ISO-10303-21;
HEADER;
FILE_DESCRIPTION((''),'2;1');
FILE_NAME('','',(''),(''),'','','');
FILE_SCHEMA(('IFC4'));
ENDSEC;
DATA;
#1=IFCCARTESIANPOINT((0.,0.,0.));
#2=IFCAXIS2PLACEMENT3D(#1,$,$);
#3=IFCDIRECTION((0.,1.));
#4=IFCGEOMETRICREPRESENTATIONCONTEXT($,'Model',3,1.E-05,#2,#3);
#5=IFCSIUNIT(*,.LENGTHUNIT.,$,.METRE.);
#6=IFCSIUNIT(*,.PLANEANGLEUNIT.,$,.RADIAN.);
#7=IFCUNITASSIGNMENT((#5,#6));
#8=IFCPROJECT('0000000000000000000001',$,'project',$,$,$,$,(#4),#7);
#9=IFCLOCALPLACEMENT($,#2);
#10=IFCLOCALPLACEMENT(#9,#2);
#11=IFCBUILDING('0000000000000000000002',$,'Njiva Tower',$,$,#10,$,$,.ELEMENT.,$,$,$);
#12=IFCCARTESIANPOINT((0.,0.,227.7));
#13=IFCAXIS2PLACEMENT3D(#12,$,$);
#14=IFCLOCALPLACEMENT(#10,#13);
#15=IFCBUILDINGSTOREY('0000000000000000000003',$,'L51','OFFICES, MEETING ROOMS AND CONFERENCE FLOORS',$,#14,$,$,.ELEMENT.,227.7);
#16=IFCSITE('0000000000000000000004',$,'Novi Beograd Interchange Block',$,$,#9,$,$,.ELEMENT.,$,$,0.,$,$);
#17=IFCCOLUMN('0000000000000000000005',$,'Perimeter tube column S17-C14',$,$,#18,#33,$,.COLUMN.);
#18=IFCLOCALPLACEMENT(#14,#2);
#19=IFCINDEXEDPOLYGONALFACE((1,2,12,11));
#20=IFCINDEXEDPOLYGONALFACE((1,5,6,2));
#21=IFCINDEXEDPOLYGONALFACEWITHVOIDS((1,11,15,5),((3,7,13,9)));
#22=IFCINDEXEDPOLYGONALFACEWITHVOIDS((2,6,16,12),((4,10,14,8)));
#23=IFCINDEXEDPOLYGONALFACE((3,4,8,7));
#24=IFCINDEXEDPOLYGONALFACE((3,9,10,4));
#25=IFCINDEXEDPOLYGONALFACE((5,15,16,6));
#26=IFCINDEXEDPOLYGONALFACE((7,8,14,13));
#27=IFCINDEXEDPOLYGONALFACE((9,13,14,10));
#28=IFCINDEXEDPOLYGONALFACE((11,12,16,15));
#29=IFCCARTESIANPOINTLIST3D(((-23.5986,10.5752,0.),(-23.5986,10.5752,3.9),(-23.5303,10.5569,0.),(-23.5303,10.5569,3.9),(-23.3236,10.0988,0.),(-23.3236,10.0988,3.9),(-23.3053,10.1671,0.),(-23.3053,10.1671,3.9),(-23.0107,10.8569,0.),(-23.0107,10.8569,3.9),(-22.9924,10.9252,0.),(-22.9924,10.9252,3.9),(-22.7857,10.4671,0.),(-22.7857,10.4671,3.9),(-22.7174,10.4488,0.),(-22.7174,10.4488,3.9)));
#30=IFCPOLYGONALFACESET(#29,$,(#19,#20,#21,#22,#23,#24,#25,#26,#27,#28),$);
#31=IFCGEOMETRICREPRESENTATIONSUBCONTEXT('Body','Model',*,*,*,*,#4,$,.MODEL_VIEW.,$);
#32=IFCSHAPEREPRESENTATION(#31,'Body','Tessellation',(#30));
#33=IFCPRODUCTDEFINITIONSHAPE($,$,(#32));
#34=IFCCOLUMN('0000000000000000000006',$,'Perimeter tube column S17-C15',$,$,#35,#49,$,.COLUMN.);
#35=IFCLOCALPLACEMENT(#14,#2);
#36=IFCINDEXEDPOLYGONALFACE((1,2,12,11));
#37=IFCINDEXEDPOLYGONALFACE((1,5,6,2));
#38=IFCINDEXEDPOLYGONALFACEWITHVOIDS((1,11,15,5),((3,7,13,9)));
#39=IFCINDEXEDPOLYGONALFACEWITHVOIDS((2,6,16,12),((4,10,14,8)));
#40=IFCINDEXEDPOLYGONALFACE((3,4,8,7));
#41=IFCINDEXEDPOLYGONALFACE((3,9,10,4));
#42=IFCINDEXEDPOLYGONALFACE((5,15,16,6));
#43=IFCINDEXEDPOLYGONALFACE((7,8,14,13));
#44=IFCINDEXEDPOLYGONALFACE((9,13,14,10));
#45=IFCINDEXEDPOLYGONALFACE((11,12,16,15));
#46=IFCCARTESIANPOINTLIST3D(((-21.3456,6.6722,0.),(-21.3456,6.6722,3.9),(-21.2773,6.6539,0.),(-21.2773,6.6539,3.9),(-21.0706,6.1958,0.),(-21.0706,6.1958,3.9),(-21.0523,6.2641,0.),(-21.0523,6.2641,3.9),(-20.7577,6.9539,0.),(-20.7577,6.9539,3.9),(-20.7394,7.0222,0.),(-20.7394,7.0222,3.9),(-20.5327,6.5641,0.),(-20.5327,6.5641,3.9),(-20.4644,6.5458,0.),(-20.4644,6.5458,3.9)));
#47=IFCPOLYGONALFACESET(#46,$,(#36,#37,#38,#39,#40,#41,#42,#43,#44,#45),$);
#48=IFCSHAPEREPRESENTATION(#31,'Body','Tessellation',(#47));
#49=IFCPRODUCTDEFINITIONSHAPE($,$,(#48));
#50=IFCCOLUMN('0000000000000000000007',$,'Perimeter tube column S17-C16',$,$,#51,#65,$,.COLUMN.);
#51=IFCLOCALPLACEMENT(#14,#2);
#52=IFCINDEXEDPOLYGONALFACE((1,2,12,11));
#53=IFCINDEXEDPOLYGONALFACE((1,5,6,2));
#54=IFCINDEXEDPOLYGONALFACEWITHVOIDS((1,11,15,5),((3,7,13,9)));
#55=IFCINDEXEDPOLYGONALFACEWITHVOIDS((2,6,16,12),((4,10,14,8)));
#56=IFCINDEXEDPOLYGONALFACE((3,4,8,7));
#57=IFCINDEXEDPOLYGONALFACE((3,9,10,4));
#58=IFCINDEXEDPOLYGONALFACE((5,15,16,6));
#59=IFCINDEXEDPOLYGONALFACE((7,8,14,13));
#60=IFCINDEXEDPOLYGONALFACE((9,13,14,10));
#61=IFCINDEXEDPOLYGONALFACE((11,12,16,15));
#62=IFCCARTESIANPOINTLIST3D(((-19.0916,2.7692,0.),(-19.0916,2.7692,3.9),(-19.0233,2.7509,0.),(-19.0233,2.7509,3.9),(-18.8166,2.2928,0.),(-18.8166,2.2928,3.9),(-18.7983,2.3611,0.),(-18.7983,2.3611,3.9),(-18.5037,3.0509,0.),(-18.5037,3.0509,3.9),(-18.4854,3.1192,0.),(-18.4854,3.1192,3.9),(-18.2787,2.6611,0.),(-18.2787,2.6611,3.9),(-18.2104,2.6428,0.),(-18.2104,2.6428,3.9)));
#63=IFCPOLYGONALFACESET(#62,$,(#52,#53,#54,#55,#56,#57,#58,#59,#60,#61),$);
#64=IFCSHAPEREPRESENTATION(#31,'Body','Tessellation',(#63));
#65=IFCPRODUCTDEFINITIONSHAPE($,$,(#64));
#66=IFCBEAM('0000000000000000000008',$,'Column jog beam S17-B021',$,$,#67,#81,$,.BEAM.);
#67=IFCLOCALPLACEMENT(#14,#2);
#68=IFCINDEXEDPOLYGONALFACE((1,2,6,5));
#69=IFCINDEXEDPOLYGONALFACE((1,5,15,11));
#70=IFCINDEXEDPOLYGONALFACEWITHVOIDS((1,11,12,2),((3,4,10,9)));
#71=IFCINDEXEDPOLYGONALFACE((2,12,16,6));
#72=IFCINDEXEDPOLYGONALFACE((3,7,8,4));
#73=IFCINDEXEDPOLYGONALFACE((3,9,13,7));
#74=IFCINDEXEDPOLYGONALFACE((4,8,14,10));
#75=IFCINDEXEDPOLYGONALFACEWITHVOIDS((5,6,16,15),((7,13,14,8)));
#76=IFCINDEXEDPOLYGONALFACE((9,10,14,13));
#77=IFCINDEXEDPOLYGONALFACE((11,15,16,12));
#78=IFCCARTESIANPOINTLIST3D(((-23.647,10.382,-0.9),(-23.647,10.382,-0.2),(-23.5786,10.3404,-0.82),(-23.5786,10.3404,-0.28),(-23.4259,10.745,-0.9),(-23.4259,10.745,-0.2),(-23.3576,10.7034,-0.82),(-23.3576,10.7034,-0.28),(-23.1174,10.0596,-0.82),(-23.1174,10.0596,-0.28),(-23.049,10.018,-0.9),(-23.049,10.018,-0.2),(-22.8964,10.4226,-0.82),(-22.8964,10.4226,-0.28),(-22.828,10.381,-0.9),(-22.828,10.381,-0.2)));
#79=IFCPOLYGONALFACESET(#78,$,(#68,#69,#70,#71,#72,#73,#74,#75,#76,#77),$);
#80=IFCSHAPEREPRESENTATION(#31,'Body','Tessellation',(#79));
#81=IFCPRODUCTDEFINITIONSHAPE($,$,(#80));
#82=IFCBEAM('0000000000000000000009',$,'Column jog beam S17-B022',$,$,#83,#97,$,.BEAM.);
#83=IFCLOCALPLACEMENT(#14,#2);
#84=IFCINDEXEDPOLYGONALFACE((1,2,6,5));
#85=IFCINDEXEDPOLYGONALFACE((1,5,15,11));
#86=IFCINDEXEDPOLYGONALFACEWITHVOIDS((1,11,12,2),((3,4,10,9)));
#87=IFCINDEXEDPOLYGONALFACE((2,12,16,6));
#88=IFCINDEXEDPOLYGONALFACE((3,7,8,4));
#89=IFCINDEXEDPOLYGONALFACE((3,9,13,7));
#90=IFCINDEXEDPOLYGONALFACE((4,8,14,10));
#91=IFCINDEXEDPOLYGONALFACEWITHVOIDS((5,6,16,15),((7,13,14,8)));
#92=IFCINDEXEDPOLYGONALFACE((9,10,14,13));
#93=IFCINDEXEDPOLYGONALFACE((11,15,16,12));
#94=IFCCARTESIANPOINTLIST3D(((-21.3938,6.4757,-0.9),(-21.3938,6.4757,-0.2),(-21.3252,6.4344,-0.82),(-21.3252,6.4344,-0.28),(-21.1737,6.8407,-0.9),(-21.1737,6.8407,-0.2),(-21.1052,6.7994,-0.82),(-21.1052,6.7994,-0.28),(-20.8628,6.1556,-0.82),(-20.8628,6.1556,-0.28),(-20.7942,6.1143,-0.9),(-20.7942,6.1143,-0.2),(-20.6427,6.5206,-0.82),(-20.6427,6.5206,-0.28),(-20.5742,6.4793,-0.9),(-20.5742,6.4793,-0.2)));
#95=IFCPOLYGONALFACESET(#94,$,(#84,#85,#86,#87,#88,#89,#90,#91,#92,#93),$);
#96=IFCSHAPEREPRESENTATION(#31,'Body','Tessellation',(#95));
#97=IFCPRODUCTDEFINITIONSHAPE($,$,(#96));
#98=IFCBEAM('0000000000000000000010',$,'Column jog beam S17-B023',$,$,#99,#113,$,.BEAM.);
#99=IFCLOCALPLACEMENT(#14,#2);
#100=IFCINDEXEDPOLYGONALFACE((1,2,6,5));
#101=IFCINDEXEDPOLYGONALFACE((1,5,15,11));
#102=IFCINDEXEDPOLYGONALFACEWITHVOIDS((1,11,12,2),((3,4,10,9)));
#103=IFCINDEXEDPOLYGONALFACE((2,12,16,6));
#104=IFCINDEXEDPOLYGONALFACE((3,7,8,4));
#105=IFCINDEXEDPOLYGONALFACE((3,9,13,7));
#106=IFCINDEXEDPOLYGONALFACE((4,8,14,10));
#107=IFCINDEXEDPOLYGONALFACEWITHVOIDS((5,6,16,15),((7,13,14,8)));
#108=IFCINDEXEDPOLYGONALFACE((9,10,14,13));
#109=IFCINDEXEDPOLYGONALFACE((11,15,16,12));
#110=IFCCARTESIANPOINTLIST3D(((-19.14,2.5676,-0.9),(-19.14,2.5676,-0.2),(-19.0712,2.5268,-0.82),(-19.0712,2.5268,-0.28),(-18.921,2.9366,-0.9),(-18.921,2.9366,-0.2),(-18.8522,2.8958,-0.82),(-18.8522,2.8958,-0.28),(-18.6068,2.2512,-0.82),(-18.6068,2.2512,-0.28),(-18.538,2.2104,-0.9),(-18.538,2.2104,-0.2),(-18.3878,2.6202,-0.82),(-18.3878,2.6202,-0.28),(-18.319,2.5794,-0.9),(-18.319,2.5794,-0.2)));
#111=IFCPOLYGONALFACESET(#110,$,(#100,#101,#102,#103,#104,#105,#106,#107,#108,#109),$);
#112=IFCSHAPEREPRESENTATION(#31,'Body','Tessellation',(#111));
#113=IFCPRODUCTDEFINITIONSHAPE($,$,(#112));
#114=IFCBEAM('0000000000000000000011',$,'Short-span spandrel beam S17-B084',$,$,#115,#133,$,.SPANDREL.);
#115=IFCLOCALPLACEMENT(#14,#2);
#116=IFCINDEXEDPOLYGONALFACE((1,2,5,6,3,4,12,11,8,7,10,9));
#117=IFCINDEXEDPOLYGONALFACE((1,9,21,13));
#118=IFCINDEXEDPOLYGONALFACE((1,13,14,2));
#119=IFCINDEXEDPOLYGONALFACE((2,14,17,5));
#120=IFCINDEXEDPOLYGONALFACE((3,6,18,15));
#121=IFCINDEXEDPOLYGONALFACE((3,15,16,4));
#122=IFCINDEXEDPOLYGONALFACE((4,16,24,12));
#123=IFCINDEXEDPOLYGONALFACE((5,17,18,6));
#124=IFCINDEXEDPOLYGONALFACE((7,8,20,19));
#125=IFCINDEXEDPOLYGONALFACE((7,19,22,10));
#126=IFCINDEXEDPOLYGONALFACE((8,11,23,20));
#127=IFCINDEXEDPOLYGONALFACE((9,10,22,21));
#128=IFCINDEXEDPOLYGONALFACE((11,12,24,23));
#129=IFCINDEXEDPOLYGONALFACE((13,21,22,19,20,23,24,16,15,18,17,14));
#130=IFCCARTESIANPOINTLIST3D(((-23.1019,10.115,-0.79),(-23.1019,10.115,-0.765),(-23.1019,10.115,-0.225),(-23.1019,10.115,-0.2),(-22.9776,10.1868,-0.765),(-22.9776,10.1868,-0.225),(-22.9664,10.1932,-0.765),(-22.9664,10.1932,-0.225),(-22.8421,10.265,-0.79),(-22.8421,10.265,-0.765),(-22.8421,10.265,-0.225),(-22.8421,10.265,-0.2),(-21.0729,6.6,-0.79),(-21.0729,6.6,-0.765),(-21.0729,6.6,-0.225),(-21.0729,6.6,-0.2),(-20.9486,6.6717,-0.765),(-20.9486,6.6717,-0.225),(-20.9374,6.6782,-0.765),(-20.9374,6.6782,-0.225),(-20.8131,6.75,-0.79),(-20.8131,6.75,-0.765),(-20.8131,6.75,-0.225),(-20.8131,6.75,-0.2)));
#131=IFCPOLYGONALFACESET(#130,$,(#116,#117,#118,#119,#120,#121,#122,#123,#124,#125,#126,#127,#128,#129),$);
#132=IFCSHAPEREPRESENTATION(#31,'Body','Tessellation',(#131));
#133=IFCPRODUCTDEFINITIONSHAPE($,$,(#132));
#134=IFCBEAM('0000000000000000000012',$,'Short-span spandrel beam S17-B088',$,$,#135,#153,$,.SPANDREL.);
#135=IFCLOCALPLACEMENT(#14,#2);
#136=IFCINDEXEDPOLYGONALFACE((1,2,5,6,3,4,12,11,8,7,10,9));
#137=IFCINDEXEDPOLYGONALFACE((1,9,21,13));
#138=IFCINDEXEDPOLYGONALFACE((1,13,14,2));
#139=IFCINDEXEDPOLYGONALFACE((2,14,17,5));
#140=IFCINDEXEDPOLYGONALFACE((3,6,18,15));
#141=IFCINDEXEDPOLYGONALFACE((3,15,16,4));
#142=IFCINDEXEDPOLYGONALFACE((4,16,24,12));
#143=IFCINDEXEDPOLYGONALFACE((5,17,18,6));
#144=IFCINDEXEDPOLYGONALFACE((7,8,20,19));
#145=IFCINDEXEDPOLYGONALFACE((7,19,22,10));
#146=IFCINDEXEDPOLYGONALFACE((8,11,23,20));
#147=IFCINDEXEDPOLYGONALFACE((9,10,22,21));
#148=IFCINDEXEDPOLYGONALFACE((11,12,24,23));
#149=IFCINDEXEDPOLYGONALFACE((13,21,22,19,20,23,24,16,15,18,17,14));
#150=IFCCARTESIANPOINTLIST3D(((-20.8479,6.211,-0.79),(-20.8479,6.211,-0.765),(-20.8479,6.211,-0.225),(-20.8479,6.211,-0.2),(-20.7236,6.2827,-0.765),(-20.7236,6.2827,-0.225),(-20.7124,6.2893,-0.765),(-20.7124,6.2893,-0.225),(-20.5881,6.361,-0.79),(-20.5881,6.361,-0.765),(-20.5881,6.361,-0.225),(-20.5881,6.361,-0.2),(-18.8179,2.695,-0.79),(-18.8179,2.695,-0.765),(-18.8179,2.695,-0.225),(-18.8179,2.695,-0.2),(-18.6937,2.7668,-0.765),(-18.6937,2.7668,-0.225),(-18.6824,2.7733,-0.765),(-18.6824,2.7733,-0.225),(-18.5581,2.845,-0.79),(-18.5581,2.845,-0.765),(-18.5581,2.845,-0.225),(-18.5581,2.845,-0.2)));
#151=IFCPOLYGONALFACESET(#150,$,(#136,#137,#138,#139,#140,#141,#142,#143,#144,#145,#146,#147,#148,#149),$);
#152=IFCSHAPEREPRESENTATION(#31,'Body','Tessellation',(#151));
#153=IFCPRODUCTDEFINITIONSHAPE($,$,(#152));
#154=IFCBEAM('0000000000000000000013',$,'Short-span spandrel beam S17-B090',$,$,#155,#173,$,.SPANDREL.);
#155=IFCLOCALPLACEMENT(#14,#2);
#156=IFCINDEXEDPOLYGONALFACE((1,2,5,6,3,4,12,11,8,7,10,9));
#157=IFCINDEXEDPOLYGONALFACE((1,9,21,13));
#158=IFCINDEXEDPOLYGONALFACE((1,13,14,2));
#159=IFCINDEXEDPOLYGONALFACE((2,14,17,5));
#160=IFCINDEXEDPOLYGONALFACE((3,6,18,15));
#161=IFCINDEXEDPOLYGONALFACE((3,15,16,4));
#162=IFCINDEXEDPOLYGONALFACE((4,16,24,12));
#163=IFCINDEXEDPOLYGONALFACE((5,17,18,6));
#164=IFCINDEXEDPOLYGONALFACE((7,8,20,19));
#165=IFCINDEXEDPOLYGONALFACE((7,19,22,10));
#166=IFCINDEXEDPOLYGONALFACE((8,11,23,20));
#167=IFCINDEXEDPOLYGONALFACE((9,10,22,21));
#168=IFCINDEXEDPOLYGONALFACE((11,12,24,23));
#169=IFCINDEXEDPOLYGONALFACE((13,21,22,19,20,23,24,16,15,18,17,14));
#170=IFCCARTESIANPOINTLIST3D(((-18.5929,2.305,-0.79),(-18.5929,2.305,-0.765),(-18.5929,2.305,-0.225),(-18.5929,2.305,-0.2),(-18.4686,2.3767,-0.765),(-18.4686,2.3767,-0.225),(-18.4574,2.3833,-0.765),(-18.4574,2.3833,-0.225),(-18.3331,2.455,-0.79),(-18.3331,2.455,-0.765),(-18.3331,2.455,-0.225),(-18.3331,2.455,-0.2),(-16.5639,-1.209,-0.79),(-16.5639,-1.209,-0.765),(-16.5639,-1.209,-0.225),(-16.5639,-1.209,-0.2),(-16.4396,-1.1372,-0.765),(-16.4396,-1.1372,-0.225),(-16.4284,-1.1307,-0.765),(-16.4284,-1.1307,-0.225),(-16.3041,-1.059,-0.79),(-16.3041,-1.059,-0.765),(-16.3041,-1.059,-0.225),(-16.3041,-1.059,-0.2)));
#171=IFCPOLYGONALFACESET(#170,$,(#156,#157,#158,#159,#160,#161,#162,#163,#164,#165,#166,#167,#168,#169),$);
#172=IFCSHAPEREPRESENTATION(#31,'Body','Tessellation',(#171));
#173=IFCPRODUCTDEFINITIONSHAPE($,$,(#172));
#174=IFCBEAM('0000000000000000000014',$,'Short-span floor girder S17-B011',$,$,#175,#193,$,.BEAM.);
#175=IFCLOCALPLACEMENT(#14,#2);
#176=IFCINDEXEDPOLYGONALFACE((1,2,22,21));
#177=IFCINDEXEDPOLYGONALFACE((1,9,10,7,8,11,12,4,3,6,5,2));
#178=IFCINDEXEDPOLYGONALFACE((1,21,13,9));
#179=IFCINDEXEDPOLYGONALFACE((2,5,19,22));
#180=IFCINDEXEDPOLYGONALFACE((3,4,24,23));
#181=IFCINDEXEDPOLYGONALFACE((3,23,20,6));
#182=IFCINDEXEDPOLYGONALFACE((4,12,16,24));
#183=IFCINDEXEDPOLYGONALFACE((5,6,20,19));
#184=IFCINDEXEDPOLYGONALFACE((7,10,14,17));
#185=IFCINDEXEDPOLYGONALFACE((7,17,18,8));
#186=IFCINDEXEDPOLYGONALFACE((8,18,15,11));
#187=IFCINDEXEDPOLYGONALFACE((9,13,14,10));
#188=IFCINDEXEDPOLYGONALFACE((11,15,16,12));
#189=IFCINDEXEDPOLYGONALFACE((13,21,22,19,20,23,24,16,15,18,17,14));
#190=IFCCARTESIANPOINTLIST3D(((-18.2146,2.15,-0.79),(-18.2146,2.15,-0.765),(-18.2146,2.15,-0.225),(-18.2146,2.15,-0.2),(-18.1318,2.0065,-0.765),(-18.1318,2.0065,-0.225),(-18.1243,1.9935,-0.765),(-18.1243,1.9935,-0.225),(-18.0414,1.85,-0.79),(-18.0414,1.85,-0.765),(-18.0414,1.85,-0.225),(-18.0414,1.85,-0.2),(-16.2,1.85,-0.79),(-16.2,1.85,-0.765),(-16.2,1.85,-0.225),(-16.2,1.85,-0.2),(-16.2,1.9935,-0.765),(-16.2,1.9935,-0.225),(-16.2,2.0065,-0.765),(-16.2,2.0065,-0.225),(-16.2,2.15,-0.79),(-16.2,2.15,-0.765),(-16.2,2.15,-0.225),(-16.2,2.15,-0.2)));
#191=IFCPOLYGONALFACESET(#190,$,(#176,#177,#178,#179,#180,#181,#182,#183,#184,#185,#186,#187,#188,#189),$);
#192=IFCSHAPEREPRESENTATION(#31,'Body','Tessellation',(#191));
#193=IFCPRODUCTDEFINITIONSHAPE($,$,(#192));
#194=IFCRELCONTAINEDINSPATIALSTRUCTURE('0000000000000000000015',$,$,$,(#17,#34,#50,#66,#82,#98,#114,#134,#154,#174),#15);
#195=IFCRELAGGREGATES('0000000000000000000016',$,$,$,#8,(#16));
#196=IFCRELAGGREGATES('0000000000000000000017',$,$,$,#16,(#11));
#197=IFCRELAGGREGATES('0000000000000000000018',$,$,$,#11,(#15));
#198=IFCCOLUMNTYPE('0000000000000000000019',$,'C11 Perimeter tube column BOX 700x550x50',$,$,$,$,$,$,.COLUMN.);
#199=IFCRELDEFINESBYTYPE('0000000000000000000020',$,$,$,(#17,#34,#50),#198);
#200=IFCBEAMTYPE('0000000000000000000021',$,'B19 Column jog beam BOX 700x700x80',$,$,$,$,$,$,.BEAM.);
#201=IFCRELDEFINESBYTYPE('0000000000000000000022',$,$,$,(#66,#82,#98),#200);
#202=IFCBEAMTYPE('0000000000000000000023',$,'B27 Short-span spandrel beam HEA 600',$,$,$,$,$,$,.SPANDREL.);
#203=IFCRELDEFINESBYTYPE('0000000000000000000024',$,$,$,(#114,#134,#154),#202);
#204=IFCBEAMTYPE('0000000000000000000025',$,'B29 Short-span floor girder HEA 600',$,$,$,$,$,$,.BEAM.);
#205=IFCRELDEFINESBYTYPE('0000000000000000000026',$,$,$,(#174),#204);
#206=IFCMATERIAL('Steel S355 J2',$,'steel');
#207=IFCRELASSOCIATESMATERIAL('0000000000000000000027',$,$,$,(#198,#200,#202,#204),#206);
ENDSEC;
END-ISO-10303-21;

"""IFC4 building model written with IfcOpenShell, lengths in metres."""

from ifc_helpers import new_model, si_unit, direction, frame, origin, origin_2d, place, context, subcontext, project, spatial, hollow_rectangle, i_section, extrude, clip, halfspace, material, material_profile, profile_set, type_object, element, save


model = new_model("IFC4")

# Units and contexts
model_context = context("Model", 3, precision=1e-05, world=origin(), true_north=direction((0.0, 1.0)))
body_context = subcontext(model_context, "Body", "Model", "MODEL_VIEW")
ifc_project = project(units=[si_unit("LENGTHUNIT", "METRE"), si_unit("PLANEANGLEUNIT", "RADIAN")], contexts=[model_context])

# Site, building, storey
site_placement = place(None, origin())
site = spatial("IfcSite", under=ifc_project, at=site_placement, Name="Novi Beograd Interchange Block", CompositionType="ELEMENT", RefElevation=0.0)
building_placement = place(site_placement, origin())
building = spatial("IfcBuilding", under=site, at=building_placement, Name="Njiva Tower", CompositionType="ELEMENT")
storey_placement = place(building_placement, frame((0.0, 0.0, 227.7)))
storey = spatial("IfcBuildingStorey", under=building, at=storey_placement, Name="L51", Description="OFFICES, MEETING ROOMS AND CONFERENCE FLOORS", CompositionType="ELEMENT", Elevation=227.7)

# Columns
ifc_material_1 = material(Name="Steel S355 J2", Category="steel")
ifc_material_profile_1 = material_profile(ifc_material_1, hollow_rectangle(XDim=0.55, YDim=0.7, WallThickness=0.05, at=origin_2d()), Name="BOX 700x550x50")
ifc_profile_set_1 = profile_set([ifc_material_profile_1], Name="Steel S355 J2")
column_type = type_object("IfcColumnType", Name="C11 Perimeter tube column BOX 700x550x50", PredefinedType="COLUMN", material=ifc_profile_set_1)
for number, where, z_axis, x_axis, name in (
    (1, (-23.158, 10.512, 0.0), (0.0, 0.0, 1.0), (0.5, -0.866025, 0.0), "Perimeter tube column S17-C14"),
    (2, (-20.905, 6.609, 0.0), (0.0, 0.0, 1.0), (0.5, -0.866025, 0.0), "Perimeter tube column S17-C15"),
    (3, (-18.651, 2.706, 0.0), (0.0, 0.0, 1.0), (0.5, -0.866025, 0.0), "Perimeter tube column S17-C16"),
):
    element("IfcColumn", number, at=place(storey_placement, frame(where, z_axis=z_axis, x_axis=x_axis)), inside=storey, type_object=column_type, Name=name, PredefinedType="COLUMN", context=body_context, shape_type="SweptSolid", body=[
        extrude(hollow_rectangle(XDim=0.55, YDim=0.7, WallThickness=0.05, at=origin_2d()), origin(), (0.0, 0.0, 1.0), 3.9),
    ])

# Beams
ifc_material_profile_2 = material_profile(ifc_material_1, hollow_rectangle(XDim=0.7, YDim=0.7, WallThickness=0.08, at=origin_2d()), Name="BOX 700x700x80")
ifc_profile_set_2 = profile_set([ifc_material_profile_2], Name="Steel S355 J2")
beam_type_1 = type_object("IfcBeamType", Name="B19 Column jog beam BOX 700x700x80", PredefinedType="BEAM", material=ifc_profile_set_2)
beam_1_placement = place(storey_placement, frame((-23.348, 10.2, -0.55), z_axis=(0.520022, 0.854153, 0.0), x_axis=(-0.854153, 0.520022, 0.0)))
element("IfcBeam", 4, at=beam_1_placement, inside=storey, type_object=beam_type_1, Name="Column jog beam S17-B021", PredefinedType="BEAM", context=body_context, shape_type="SweptSolid", body=[
    extrude(hollow_rectangle(XDim=0.7, YDim=0.7, WallThickness=0.08, at=origin_2d()), origin(), (0.0, 0.0, 1.0), 0.425),
])
beam_2_placement = place(storey_placement, frame((-21.094, 6.295, -0.55), z_axis=(0.51622, 0.856456, 0.0), x_axis=(-0.856456, 0.51622, 0.0)))
element("IfcBeam", 5, at=beam_2_placement, inside=storey, type_object=beam_type_1, Name="Column jog beam S17-B022", PredefinedType="BEAM", context=body_context, shape_type="SweptSolid", body=[
    extrude(hollow_rectangle(XDim=0.7, YDim=0.7, WallThickness=0.08, at=origin_2d()), origin(), (0.0, 0.0, 1.0), 0.4262),
])
beam_3_placement = place(storey_placement, frame((-18.839, 2.389, -0.55), z_axis=(0.510377, 0.859951, 0.0), x_axis=(-0.859951, 0.510377, 0.0)))
element("IfcBeam", 6, at=beam_3_placement, inside=storey, type_object=beam_type_1, Name="Column jog beam S17-B023", PredefinedType="BEAM", context=body_context, shape_type="SweptSolid", body=[
    extrude(hollow_rectangle(XDim=0.7, YDim=0.7, WallThickness=0.08, at=origin_2d()), origin(), (0.0, 0.0, 1.0), 0.4291),
])
ifc_material_profile_3 = material_profile(ifc_material_1, i_section(OverallWidth=0.3, OverallDepth=0.59, WebThickness=0.013, FlangeThickness=0.025, at=origin_2d()), Name="HEA 600")
ifc_profile_set_3 = profile_set([ifc_material_profile_3], Name="Steel S355 J2")
beam_type_2 = type_object("IfcBeamType", Name="B27 Short-span spandrel beam HEA 600", PredefinedType="SPANDREL", material=ifc_profile_set_3)
beam_4_placement = place(storey_placement, frame((-22.972, 10.19, -0.495), z_axis=(0.499929, -0.866067, 0.0), x_axis=(0.866067, 0.499929, 0.0)))
element("IfcBeam", 7, at=beam_4_placement, inside=storey, type_object=beam_type_2, Name="Short-span spandrel beam S17-B084", PredefinedType="SPANDREL", context=body_context, shape_type="SweptSolid", body=[
    extrude(i_section(OverallWidth=0.3, OverallDepth=0.59, WebThickness=0.013, FlangeThickness=0.025, at=origin_2d()), origin(), (0.0, 0.0, 1.0), 4.0586),
])
beam_5_placement = place(storey_placement, frame((-20.718, 6.286, -0.495), z_axis=(0.500007, -0.866022, 0.0), x_axis=(0.866022, 0.500007, 0.0)))
element("IfcBeam", 8, at=beam_5_placement, inside=storey, type_object=beam_type_2, Name="Short-span spandrel beam S17-B088", PredefinedType="SPANDREL", context=body_context, shape_type="SweptSolid", body=[
    extrude(i_section(OverallWidth=0.3, OverallDepth=0.59, WebThickness=0.013, FlangeThickness=0.025, at=origin_2d()), origin(), (0.0, 0.0, 1.0), 4.0599),
])
beam_6_placement = place(storey_placement, frame((-18.463, 2.38, -0.495), z_axis=(0.500035, -0.866005, 0.0), x_axis=(0.866005, 0.500035, 0.0)))
element("IfcBeam", 9, at=beam_6_placement, inside=storey, type_object=beam_type_2, Name="Short-span spandrel beam S17-B090", PredefinedType="SPANDREL", context=body_context, shape_type="SweptSolid", body=[
    extrude(i_section(OverallWidth=0.3, OverallDepth=0.59, WebThickness=0.013, FlangeThickness=0.025, at=origin_2d()), origin(), (0.0, 0.0, 1.0), 4.0577),
])
ifc_material_profile_4 = material_profile(ifc_material_1, i_section(OverallWidth=0.3, OverallDepth=0.59, WebThickness=0.013, FlangeThickness=0.025, at=origin_2d()), Name="HEA 600")
ifc_profile_set_4 = profile_set([ifc_material_profile_4], Name="Steel S355 J2")
beam_type_3 = type_object("IfcBeamType", Name="B29 Short-span floor girder HEA 600", PredefinedType="BEAM", material=ifc_profile_set_4)
beam_7_placement = place(storey_placement, frame((-18.235, 2.0, -0.495), z_axis=(1.0, 0.0, 0.0), x_axis=(0.0, 1.0, 0.0)))
element("IfcBeam", 10, at=beam_7_placement, inside=storey, type_object=beam_type_3, Name="Short-span floor girder S17-B011", PredefinedType="BEAM", context=body_context, shape_type="Clipping", body=[
    clip(extrude(i_section(OverallWidth=0.3, OverallDepth=0.59, WebThickness=0.013, FlangeThickness=0.025, at=origin_2d()), origin(), (0.0, 0.0, 1.0), 2.035), halfspace(frame((-0.025, 0.0, 0.1214), z_axis=(-0.499998, 0.0, -0.866027), x_axis=(0.0, -1.0, 0.0)), False)),
])

save(model, "model.ifc")
